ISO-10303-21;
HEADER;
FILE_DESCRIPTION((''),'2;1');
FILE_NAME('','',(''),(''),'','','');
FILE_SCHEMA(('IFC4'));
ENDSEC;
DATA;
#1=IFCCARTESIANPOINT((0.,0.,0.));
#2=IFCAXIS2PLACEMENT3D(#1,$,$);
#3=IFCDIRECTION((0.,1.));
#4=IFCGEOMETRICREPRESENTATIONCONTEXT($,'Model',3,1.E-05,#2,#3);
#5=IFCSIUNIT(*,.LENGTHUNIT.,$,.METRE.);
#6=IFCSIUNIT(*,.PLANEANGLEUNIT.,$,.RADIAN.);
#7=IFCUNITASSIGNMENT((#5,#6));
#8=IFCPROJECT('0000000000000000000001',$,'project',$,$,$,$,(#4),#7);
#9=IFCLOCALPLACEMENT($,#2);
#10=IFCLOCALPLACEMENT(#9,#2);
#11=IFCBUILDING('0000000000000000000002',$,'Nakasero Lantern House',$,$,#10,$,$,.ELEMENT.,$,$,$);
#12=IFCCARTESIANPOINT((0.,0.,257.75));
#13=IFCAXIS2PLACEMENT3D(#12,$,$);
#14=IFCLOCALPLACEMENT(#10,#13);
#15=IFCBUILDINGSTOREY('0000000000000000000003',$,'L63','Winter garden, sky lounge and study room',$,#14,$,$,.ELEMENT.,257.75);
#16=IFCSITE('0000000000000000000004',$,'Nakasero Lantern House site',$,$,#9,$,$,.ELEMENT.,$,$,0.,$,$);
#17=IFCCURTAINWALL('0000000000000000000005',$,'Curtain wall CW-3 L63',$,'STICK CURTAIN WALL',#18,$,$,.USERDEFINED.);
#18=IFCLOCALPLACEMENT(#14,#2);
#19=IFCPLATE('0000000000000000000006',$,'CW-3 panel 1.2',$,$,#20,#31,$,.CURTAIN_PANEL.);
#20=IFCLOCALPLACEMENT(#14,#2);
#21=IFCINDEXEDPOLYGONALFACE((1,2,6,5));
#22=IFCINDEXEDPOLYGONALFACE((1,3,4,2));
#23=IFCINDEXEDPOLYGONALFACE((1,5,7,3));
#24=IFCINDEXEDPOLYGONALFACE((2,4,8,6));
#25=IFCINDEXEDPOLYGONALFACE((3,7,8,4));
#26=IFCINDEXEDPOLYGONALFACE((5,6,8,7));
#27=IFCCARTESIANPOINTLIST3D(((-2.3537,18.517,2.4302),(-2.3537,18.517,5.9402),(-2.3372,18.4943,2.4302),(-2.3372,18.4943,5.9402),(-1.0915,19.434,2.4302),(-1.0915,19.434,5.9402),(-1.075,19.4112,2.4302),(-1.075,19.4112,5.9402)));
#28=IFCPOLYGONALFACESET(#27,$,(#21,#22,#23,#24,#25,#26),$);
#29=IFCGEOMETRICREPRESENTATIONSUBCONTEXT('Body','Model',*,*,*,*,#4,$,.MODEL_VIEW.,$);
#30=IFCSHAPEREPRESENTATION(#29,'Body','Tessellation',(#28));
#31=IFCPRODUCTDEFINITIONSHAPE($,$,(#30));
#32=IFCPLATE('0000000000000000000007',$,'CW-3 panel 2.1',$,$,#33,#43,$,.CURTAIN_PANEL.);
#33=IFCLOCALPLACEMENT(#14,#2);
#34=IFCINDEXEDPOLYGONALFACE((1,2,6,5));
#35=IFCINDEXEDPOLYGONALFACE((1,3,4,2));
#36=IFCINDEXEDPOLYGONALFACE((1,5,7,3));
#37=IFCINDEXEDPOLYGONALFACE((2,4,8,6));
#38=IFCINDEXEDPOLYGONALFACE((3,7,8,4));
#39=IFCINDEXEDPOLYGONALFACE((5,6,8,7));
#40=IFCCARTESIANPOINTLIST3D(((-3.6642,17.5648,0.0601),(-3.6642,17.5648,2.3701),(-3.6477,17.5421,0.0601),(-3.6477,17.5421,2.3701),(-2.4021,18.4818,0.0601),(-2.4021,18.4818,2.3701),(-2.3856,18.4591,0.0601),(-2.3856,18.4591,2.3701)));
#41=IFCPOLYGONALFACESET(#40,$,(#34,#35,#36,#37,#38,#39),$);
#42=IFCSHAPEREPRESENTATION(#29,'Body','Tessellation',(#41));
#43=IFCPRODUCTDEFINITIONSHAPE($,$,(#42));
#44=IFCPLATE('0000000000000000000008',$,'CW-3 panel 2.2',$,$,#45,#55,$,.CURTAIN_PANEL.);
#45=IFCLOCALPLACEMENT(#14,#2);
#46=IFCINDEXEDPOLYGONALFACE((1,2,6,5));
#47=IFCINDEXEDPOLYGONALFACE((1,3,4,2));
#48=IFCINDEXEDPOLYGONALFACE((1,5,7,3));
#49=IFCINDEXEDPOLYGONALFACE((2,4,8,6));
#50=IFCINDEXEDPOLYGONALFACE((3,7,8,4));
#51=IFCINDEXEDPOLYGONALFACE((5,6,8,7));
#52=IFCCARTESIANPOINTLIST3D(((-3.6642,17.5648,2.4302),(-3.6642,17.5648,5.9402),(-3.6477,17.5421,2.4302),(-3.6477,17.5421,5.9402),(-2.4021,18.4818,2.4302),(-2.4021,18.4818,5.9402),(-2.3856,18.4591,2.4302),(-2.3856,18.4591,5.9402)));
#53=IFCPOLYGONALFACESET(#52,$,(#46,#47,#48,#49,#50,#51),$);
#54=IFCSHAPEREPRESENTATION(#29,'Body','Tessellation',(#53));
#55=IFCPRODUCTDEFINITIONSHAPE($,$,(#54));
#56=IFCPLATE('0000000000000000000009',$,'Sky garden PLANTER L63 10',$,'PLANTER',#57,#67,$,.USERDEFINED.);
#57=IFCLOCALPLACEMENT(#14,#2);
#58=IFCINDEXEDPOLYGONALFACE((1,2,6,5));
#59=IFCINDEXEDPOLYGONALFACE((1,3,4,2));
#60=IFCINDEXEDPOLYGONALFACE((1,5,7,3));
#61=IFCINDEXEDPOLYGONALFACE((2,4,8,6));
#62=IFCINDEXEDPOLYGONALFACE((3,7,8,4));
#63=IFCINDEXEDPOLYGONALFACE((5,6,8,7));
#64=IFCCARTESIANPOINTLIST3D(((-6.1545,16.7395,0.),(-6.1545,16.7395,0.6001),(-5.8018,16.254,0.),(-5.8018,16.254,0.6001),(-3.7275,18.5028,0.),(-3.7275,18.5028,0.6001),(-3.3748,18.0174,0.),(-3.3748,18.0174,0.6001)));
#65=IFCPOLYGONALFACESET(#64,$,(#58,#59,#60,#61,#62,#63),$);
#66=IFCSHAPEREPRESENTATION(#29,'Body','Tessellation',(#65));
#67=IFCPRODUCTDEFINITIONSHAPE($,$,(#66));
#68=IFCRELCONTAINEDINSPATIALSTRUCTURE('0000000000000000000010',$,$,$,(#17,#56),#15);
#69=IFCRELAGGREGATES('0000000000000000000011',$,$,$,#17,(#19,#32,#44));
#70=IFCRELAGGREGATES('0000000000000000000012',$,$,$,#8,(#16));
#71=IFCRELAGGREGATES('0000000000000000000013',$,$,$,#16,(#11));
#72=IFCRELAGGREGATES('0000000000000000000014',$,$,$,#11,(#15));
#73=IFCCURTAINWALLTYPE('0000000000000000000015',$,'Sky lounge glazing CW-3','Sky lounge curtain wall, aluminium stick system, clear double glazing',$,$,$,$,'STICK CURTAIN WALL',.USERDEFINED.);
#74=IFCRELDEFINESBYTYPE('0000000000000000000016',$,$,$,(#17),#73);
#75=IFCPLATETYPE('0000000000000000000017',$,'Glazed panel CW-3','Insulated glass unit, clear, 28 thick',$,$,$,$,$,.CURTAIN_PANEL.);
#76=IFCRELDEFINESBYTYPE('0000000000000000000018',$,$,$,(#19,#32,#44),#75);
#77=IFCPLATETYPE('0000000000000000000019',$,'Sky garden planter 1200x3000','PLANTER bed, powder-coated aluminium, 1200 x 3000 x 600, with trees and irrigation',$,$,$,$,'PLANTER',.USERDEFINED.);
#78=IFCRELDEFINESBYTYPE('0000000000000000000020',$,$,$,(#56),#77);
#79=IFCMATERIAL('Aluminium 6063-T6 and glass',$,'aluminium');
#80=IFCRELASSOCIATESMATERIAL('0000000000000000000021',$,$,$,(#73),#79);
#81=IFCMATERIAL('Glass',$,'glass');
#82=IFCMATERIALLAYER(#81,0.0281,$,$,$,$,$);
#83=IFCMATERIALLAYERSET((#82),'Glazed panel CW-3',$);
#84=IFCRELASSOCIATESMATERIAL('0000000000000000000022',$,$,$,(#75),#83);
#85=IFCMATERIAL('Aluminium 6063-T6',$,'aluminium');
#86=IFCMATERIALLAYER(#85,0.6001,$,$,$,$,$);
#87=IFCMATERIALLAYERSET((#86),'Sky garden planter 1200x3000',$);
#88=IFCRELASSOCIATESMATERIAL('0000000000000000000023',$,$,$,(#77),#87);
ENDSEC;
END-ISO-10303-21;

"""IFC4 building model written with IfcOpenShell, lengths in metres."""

from ifc_helpers import new_model, si_unit, direction, frame, origin, origin_2d, place, context, subcontext, project, spatial, rectangle, extrude, material, layer, layer_set, type_object, element, aggregate, save


model = new_model("IFC4")

# Units and contexts
model_context = context("Model", 3, precision=1e-05, world=origin(), true_north=direction((0.0, 1.0)))
body_context = subcontext(model_context, "Body", "Model", "MODEL_VIEW")
ifc_project = project(units=[si_unit("LENGTHUNIT", "METRE"), si_unit("PLANEANGLEUNIT", "RADIAN")], contexts=[model_context])

# Site, building, storey
site_placement = place(None, origin())
site = spatial("IfcSite", under=ifc_project, at=site_placement, Name="Nakasero Lantern House site", CompositionType="ELEMENT", RefElevation=0.0)
building_placement = place(site_placement, origin())
building = spatial("IfcBuilding", under=site, at=building_placement, Name="Nakasero Lantern House", CompositionType="ELEMENT")
storey_placement = place(building_placement, frame((0.0, 0.0, 257.75)))
storey = spatial("IfcBuildingStorey", under=building, at=storey_placement, Name="L63", Description="Winter garden, sky lounge and study room", CompositionType="ELEMENT", Elevation=257.75)

# Shared definitions
ifc_material_1 = material(Name="Aluminium 6063-T6 and glass", Category="aluminium")
curtain_wall_type = type_object("IfcCurtainWallType", Name="Sky lounge glazing CW-3", Description="Sky lounge curtain wall, aluminium stick system, clear double glazing", ElementType="STICK CURTAIN WALL", PredefinedType="USERDEFINED", material=ifc_material_1)

# Curtain wall
curtain_wall_1_placement = place(storey_placement, origin())
curtain_wall_1 = element("IfcCurtainWall", 1, at=curtain_wall_1_placement, inside=storey, type_object=curtain_wall_type, Name="Curtain wall CW-3 L63", ObjectType="STICK CURTAIN WALL", PredefinedType="USERDEFINED")

# Plates
ifc_material_2 = material(Name="Glass", Category="glass")
ifc_layer_1 = layer(ifc_material_2, 0.0281)
ifc_layer_set_1 = layer_set([ifc_layer_1], Name="Glazed panel CW-3")
plate_type_1 = type_object("IfcPlateType", Name="Glazed panel CW-3", Description="Insulated glass unit, clear, 28 thick", PredefinedType="CURTAIN_PANEL", material=ifc_layer_set_1)
plate_1_placement = place(storey_placement, frame((-1.7144, 18.9641, 2.4302), z_axis=(0.0, 0.0, 1.0), x_axis=(-0.809017, -0.587785, 0.0)))
plate_1 = element("IfcPlate", 2, at=plate_1_placement, type_object=plate_type_1, Name="CW-3 panel 1.2", PredefinedType="CURTAIN_PANEL", context=body_context, shape_type="SweptSolid", body=[
    extrude(rectangle(XDim=1.5601, YDim=0.0281, at=origin_2d()), origin(), (0.0, 0.0, 1.0), 3.51),
])
plate_2_placement = place(storey_placement, frame((-3.0249, 18.012, 0.0601), z_axis=(0.0, 0.0, 1.0), x_axis=(-0.809017, -0.587785, 0.0)))
plate_2 = element("IfcPlate", 3, at=plate_2_placement, type_object=plate_type_1, Name="CW-3 panel 2.1", PredefinedType="CURTAIN_PANEL", context=body_context, shape_type="SweptSolid", body=[
    extrude(rectangle(XDim=1.5601, YDim=0.0281, at=origin_2d()), origin(), (0.0, 0.0, 1.0), 2.3101),
])
plate_3_placement = place(storey_placement, frame((-3.0249, 18.012, 2.4302), z_axis=(0.0, 0.0, 1.0), x_axis=(-0.809017, -0.587785, 0.0)))
plate_3 = element("IfcPlate", 4, at=plate_3_placement, type_object=plate_type_1, Name="CW-3 panel 2.2", PredefinedType="CURTAIN_PANEL", context=body_context, shape_type="SweptSolid", body=[
    extrude(rectangle(XDim=1.5601, YDim=0.0281, at=origin_2d()), origin(), (0.0, 0.0, 1.0), 3.51),
])
aggregate(curtain_wall_1, [plate_1, plate_2, plate_3])
ifc_material_3 = material(Name="Aluminium 6063-T6", Category="aluminium")
ifc_layer_2 = layer(ifc_material_3, 0.6001)
ifc_layer_set_2 = layer_set([ifc_layer_2], Name="Sky garden planter 1200x3000")
plate_type_2 = type_object("IfcPlateType", Name="Sky garden planter 1200x3000", Description="PLANTER bed, powder-coated aluminium, 1200 x 3000 x 600, with trees and irrigation", ElementType="PLANTER", PredefinedType="USERDEFINED", material=ifc_layer_set_2)
plate_4_placement = place(storey_placement, frame((-4.7646, 17.3784, 0.0), z_axis=(0.0, 0.0, 1.0), x_axis=(-0.587785, 0.809017, 0.0)))
element("IfcPlate", 5, at=plate_4_placement, inside=storey, type_object=plate_type_2, Name="Sky garden PLANTER L63 10", ObjectType="PLANTER", PredefinedType="USERDEFINED", context=body_context, shape_type="SweptSolid", body=[
    extrude(rectangle(XDim=0.6001, YDim=3.0, at=origin_2d()), origin(), (0.0, 0.0, 1.0), 0.6001),
])

save(model, "model.ifc")
